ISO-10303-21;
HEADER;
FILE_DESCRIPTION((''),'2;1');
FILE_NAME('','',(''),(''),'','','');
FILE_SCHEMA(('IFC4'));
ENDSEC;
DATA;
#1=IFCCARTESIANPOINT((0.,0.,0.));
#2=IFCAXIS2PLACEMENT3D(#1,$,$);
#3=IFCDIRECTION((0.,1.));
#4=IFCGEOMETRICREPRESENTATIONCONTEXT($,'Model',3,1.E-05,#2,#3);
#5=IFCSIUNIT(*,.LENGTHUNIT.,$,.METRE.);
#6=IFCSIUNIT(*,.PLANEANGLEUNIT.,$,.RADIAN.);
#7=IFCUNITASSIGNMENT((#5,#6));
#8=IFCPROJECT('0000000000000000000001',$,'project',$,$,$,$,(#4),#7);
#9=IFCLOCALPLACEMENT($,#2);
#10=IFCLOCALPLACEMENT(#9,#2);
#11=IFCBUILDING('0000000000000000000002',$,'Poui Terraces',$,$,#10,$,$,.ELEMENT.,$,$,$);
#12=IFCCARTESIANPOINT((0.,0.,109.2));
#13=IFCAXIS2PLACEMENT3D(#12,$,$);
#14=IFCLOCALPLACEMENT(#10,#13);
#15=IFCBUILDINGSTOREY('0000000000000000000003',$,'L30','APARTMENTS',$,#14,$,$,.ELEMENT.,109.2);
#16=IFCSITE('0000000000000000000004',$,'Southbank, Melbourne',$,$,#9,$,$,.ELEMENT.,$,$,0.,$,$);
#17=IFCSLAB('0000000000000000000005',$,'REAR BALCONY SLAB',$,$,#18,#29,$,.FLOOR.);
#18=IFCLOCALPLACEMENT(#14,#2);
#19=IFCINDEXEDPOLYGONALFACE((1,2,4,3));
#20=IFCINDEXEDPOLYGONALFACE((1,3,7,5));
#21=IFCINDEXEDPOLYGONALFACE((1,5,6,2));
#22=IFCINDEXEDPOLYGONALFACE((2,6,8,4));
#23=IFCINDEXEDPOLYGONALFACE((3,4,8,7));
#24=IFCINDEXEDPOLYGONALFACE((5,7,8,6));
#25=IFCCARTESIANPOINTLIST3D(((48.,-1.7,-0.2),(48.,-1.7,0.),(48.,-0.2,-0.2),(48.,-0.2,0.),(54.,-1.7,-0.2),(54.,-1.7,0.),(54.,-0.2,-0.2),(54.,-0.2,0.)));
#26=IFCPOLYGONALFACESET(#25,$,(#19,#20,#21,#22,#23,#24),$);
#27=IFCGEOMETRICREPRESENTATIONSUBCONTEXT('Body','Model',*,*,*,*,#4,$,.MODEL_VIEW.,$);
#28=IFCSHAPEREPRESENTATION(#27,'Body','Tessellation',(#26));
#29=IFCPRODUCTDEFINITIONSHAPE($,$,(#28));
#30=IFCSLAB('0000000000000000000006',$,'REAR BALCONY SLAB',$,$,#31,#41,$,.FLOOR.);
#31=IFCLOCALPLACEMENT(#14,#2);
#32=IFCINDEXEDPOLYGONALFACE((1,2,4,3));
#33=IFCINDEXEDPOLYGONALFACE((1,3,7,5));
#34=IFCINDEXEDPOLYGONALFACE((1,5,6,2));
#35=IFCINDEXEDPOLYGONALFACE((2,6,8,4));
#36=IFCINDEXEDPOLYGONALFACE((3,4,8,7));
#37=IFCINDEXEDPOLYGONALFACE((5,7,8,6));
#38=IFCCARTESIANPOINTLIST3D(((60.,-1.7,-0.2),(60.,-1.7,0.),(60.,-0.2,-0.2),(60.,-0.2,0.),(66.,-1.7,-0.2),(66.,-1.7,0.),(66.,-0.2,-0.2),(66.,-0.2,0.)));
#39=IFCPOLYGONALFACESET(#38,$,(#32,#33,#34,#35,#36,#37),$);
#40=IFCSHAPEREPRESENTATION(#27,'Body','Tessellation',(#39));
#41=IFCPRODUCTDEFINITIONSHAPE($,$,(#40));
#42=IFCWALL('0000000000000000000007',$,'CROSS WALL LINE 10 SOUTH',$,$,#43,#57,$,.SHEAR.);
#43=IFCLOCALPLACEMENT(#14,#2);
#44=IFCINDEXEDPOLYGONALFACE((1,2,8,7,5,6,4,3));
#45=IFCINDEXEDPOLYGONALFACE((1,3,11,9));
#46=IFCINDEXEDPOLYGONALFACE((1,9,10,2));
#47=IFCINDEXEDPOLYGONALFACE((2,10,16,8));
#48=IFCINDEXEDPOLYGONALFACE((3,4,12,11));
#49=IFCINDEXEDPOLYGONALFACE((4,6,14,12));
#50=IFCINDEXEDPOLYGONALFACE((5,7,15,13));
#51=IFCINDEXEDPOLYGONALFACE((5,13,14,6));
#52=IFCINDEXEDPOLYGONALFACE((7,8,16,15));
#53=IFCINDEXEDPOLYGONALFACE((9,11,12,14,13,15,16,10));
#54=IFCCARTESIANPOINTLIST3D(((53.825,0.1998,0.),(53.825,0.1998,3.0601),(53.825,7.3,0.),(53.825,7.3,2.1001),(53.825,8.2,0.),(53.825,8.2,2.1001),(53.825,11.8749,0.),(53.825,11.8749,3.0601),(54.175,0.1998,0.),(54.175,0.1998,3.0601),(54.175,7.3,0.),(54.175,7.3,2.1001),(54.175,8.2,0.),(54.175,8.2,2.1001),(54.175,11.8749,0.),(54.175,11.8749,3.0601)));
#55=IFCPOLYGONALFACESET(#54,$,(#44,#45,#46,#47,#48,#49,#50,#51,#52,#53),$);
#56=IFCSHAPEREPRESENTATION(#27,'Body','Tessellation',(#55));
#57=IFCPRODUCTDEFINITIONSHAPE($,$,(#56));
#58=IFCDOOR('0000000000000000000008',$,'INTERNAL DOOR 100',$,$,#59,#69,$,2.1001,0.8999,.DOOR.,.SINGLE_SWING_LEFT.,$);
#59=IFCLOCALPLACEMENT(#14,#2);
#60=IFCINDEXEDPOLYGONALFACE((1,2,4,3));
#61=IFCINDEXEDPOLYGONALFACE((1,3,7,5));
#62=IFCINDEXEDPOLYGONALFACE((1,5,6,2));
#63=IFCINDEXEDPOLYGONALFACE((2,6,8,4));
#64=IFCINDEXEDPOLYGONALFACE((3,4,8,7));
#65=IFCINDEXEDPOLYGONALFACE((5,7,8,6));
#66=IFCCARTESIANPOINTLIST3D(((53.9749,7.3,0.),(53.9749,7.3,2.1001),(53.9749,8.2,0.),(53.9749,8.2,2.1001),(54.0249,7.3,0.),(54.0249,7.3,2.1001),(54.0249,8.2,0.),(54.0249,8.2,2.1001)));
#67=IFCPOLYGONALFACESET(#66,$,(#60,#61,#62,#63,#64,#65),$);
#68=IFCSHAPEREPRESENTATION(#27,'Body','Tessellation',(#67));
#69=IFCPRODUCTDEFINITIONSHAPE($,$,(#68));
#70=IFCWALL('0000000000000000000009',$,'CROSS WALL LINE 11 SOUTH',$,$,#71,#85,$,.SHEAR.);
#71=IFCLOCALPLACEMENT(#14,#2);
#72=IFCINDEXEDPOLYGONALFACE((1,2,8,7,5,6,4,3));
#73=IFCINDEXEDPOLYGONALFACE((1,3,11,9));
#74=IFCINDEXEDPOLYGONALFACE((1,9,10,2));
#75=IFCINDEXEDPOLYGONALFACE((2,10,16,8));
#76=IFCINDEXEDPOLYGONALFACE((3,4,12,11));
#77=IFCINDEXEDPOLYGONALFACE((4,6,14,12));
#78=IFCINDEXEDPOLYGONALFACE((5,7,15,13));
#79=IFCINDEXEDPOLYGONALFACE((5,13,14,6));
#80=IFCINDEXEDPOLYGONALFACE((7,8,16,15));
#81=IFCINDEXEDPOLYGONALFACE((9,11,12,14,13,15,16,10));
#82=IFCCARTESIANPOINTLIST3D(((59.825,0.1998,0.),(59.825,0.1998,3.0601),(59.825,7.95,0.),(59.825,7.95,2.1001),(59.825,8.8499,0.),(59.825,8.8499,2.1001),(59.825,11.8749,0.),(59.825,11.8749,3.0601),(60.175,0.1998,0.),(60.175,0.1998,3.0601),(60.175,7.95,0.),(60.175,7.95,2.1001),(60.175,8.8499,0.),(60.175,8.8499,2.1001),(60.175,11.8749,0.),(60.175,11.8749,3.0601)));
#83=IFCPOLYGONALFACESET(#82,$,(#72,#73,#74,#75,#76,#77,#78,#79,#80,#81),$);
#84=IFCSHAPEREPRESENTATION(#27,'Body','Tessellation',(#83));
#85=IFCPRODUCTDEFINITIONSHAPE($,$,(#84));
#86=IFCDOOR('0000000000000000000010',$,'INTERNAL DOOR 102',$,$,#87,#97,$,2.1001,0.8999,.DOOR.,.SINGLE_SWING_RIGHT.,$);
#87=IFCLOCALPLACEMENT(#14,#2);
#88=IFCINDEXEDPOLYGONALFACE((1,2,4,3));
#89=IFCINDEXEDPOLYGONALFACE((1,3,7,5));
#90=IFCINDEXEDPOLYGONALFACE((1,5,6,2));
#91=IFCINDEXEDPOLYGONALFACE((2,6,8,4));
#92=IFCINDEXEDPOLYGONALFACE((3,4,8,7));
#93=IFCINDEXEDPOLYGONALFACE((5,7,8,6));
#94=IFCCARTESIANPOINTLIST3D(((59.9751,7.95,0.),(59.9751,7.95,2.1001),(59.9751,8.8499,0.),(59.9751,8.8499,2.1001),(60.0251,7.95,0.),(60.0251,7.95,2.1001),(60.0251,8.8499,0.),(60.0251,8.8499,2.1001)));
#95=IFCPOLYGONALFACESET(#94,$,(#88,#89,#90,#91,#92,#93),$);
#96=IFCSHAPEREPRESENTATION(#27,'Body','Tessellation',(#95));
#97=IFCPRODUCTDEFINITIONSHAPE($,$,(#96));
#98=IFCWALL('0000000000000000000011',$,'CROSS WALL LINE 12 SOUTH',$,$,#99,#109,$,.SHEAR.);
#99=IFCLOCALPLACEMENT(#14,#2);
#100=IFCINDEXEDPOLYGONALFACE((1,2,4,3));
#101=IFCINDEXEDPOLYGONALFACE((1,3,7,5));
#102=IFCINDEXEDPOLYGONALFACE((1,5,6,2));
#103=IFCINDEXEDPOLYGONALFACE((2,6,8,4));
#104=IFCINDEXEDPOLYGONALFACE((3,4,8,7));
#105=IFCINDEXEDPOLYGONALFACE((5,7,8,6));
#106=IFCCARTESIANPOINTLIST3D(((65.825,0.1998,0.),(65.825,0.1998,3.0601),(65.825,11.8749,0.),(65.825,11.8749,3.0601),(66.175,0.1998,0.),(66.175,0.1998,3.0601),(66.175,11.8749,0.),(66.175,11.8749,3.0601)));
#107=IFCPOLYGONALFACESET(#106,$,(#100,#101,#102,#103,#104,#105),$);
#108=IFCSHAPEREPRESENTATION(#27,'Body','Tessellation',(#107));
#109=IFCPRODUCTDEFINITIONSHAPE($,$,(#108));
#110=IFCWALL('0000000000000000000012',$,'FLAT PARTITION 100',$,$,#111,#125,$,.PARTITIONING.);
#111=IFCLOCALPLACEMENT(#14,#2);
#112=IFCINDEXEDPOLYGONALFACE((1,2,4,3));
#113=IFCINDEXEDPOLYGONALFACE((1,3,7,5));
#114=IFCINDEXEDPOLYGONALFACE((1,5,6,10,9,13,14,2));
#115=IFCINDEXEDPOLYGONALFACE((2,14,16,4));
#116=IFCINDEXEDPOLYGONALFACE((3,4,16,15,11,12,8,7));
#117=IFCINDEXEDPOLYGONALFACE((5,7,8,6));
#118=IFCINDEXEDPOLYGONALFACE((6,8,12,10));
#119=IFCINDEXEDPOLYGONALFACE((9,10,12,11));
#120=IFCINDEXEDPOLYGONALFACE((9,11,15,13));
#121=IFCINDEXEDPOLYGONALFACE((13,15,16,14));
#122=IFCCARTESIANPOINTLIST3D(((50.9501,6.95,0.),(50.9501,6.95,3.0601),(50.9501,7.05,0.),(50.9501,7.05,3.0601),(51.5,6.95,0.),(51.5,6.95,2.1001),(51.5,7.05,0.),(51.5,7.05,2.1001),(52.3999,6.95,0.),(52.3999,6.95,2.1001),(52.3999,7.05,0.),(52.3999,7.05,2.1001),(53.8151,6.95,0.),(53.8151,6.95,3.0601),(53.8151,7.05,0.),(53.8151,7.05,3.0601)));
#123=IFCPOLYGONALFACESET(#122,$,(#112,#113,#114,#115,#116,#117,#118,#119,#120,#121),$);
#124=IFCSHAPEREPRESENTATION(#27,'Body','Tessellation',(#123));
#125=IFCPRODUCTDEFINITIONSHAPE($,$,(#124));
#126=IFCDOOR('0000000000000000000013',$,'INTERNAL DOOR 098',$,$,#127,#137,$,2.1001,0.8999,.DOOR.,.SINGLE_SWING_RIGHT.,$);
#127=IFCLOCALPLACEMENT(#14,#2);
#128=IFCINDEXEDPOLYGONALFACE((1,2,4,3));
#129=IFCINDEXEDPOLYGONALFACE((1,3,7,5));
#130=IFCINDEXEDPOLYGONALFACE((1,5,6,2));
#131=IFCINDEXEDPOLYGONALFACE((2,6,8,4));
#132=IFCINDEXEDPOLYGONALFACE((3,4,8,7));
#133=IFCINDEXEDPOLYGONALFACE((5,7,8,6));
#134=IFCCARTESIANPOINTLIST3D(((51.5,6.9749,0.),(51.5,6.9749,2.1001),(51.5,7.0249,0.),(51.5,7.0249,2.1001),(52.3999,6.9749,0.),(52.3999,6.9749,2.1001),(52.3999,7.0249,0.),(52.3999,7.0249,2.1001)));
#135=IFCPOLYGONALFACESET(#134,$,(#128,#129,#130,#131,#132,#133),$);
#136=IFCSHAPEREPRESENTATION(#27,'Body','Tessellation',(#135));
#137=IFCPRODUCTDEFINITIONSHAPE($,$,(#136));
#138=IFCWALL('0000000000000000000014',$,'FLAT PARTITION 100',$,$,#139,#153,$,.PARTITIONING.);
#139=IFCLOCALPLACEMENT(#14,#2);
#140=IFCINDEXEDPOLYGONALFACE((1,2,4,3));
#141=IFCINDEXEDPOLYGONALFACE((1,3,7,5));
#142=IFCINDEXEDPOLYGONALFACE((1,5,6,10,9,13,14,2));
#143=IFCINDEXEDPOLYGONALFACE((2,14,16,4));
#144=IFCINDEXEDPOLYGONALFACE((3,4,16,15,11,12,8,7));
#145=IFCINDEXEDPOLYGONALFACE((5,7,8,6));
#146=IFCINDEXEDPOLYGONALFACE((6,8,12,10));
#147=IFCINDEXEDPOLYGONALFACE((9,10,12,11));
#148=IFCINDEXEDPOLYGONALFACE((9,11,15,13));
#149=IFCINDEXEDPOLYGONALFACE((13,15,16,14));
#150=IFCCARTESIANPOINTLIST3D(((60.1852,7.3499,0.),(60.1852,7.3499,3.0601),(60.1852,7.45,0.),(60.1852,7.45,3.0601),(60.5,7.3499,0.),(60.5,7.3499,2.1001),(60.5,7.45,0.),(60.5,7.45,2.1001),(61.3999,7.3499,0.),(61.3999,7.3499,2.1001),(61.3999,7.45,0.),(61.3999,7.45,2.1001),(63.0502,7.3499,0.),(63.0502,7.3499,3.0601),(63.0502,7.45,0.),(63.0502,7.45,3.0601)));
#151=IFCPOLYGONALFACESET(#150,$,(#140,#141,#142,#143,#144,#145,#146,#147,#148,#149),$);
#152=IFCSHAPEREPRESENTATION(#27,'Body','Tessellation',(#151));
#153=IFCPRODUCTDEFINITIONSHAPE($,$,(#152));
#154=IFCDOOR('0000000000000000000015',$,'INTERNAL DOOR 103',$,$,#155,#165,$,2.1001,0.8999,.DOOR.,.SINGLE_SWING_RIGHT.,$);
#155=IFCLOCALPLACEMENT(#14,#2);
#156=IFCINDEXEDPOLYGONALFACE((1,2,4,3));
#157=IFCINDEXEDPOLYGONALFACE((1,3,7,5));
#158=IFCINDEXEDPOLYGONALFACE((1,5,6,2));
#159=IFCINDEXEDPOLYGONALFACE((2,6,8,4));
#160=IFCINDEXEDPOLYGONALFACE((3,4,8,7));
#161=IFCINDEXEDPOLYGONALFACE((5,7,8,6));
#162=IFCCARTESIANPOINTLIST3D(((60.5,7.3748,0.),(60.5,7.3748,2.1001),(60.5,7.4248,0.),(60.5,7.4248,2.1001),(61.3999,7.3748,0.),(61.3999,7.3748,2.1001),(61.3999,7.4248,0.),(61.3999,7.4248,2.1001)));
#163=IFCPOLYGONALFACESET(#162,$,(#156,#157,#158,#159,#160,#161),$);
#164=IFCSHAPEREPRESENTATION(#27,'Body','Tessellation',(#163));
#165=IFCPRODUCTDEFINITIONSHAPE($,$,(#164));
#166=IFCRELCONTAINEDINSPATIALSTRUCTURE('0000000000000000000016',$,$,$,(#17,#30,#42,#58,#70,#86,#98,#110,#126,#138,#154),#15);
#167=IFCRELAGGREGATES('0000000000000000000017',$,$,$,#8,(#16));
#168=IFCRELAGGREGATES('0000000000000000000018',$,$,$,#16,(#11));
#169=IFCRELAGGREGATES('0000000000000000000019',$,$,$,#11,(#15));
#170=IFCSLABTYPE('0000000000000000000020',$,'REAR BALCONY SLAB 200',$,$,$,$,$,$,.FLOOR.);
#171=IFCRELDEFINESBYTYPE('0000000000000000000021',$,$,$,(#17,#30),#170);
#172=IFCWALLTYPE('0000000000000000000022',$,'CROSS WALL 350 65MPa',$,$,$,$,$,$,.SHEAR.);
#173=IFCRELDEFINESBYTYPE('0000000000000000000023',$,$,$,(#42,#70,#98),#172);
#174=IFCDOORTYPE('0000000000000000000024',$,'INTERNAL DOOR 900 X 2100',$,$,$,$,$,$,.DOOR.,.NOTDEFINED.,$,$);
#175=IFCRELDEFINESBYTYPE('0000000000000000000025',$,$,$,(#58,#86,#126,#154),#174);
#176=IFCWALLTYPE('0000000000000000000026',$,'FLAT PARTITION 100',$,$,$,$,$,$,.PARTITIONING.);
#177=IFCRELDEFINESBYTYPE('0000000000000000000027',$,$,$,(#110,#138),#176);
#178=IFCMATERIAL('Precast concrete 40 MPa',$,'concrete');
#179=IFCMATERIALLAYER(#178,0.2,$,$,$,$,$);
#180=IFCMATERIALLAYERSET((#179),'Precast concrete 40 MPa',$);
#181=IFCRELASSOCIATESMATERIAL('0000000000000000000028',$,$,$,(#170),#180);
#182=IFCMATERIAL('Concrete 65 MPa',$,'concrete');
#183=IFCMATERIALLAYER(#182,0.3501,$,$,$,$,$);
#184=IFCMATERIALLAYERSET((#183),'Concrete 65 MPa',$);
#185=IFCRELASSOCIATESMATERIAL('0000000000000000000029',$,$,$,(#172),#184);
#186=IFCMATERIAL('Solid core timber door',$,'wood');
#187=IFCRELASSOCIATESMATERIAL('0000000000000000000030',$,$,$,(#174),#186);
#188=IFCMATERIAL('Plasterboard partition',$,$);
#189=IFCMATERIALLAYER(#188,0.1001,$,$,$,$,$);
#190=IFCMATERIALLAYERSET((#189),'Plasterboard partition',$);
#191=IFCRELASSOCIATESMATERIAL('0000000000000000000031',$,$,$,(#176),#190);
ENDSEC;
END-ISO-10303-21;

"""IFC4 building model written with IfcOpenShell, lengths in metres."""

from ifc_helpers import new_model, si_unit, direction, frame, frame_2d, origin, place, context, subcontext, project, spatial, polyline, rectangle, outline, extrude, source, transform, mapped, material, layer, layer_set, type_object, element, fill, save


model = new_model("IFC4")

# Units and contexts
model_context = context("Model", 3, precision=1e-05, world=origin(), true_north=direction((0.0, 1.0)))
body_context = subcontext(model_context, "Body", "Model", "MODEL_VIEW")
ifc_project = project(units=[si_unit("LENGTHUNIT", "METRE"), si_unit("PLANEANGLEUNIT", "RADIAN")], contexts=[model_context])

# Site, building, storey
site_placement = place(None, origin())
site = spatial("IfcSite", under=ifc_project, at=site_placement, Name="Southbank, Melbourne", CompositionType="ELEMENT", RefElevation=0.0)
building_placement = place(site_placement, origin())
building = spatial("IfcBuilding", under=site, at=building_placement, Name="Poui Terraces", CompositionType="ELEMENT")
storey_placement = place(building_placement, frame((0.0, 0.0, 109.2)))
storey = spatial("IfcBuildingStorey", under=building, at=storey_placement, Name="L30", Description="APARTMENTS", CompositionType="ELEMENT", Elevation=109.2)

# Slabs
ifc_material_1 = material(Name="Precast concrete 40 MPa", Category="concrete")
ifc_layer_1 = layer(ifc_material_1, 0.2)
ifc_layer_set_1 = layer_set([ifc_layer_1], Name="Precast concrete 40 MPa")
slab_type = type_object("IfcSlabType", Name="REAR BALCONY SLAB 200", PredefinedType="FLOOR", material=ifc_layer_set_1)
shared_shape_1 = source(origin(), body_context, "Body", "SweptSolid", [
    extrude(outline(polyline([(0.0, 0.0), (6.0, 0.0), (6.0, 1.5), (0.0, 1.5), (0.0, 0.0)])), origin(), (0.0, 0.0, 1.0), 0.2),
])
for number, where, name in (
    (1, (48.0, -1.7, -0.2), "REAR BALCONY SLAB"),
    (2, (60.0, -1.7, -0.2), "REAR BALCONY SLAB"),
):
    element("IfcSlab", number, at=place(storey_placement, frame(where)), inside=storey, type_object=slab_type, Name=name, PredefinedType="FLOOR", context=body_context, shape_type="MappedRepresentation", body=[
        mapped(shared_shape_1, transform((0.0, 0.0, 0.0))),
    ])

# Walls, openings, doors
ifc_material_2 = material(Name="Concrete 65 MPa", Category="concrete")
ifc_layer_2 = layer(ifc_material_2, 0.3501)
ifc_layer_set_2 = layer_set([ifc_layer_2], Name="Concrete 65 MPa")
wall_type_1 = type_object("IfcWallType", Name="CROSS WALL 350 65MPa", PredefinedType="SHEAR", material=ifc_layer_set_2)
wall_1_placement = place(storey_placement, frame((54.0, 0.2, 0.0), z_axis=(0.0, 0.0, 1.0), x_axis=(0.0, 1.0, 0.0)))
wall_1 = element("IfcWall", 3, at=wall_1_placement, inside=storey, type_object=wall_type_1, Name="CROSS WALL LINE 10 SOUTH", PredefinedType="SHEAR", context=body_context, shape_type="SweptSolid", body=[
    extrude(rectangle(XDim=11.675, YDim=0.3501, at=frame_2d((5.8374, 0.0))), origin(), (0.0, 0.0, 1.0), 3.0601),
])
opening_1_placement = place(wall_1_placement, frame((7.1001, 0.0, 0.0)))
opening_1 = element("IfcOpeningElement", 4, at=opening_1_placement, cuts=wall_1, PredefinedType="OPENING", context=body_context, shape_type="SweptSolid", body=[
    extrude(rectangle(XDim=0.8999, YDim=2.1001, at=frame_2d((0.45, 1.05))), frame((0.0, 0.1851, 0.0), z_axis=(0.0, -1.0, 0.0), x_axis=(1.0, 0.0, 0.0)), (0.0, 0.0, 1.0), 0.3701),
])
ifc_material_3 = material(Name="Solid core timber door", Category="wood")
door_type_1 = type_object("IfcDoorType", Name="INTERNAL DOOR 900 X 2100", OperationType="NOTDEFINED", PredefinedType="DOOR", material=ifc_material_3)
door_1_placement = place(opening_1_placement, frame((0.8999, 0.0, 0.0), z_axis=(0.0, 0.0, 1.0), x_axis=(-1.0, 0.0, 0.0)))
door_1 = element("IfcDoor", 5, at=door_1_placement, inside=storey, type_object=door_type_1, Name="INTERNAL DOOR 100", OperationType="SINGLE_SWING_LEFT", OverallHeight=2.1001, OverallWidth=0.8999, PredefinedType="DOOR", context=body_context, shape_type="SweptSolid", body=[
    extrude(rectangle(XDim=0.8999, YDim=2.1001, at=frame_2d((0.45, 1.05))), frame((0.0, 0.0249, 0.0), z_axis=(0.0, -1.0, 0.0), x_axis=(1.0, 0.0, 0.0)), (0.0, 0.0, 1.0), 0.05),
])
fill(opening_1, door_1)
wall_2_placement = place(storey_placement, frame((60.0, 0.2, 0.0), z_axis=(0.0, 0.0, 1.0), x_axis=(0.0, 1.0, 0.0)))
wall_2 = element("IfcWall", 6, at=wall_2_placement, inside=storey, type_object=wall_type_1, Name="CROSS WALL LINE 11 SOUTH", PredefinedType="SHEAR", context=body_context, shape_type="SweptSolid", body=[
    extrude(rectangle(XDim=11.675, YDim=0.3501, at=frame_2d((5.8374, 0.0))), origin(), (0.0, 0.0, 1.0), 3.0601),
])
opening_2_placement = place(wall_2_placement, frame((7.75, 0.0, 0.0)))
opening_2 = element("IfcOpeningElement", 7, at=opening_2_placement, cuts=wall_2, PredefinedType="OPENING", context=body_context, shape_type="SweptSolid", body=[
    extrude(rectangle(XDim=0.8999, YDim=2.1001, at=frame_2d((0.45, 1.05))), frame((0.0, 0.1851, 0.0), z_axis=(0.0, -1.0, 0.0), x_axis=(1.0, 0.0, 0.0)), (0.0, 0.0, 1.0), 0.3701),
])
door_2_placement = place(opening_2_placement, origin())
door_2 = element("IfcDoor", 8, at=door_2_placement, inside=storey, type_object=door_type_1, Name="INTERNAL DOOR 102", OperationType="SINGLE_SWING_RIGHT", OverallHeight=2.1001, OverallWidth=0.8999, PredefinedType="DOOR", context=body_context, shape_type="SweptSolid", body=[
    extrude(rectangle(XDim=0.8999, YDim=2.1001, at=frame_2d((0.45, 1.05))), frame((0.0, 0.0249, 0.0), z_axis=(0.0, -1.0, 0.0), x_axis=(1.0, 0.0, 0.0)), (0.0, 0.0, 1.0), 0.05),
])
fill(opening_2, door_2)

# Wall
wall_3_placement = place(storey_placement, frame((66.0, 0.2, 0.0), z_axis=(0.0, 0.0, 1.0), x_axis=(0.0, 1.0, 0.0)))
element("IfcWall", 9, at=wall_3_placement, inside=storey, type_object=wall_type_1, Name="CROSS WALL LINE 12 SOUTH", PredefinedType="SHEAR", context=body_context, shape_type="SweptSolid", body=[
    extrude(rectangle(XDim=11.675, YDim=0.3501, at=frame_2d((5.8374, 0.0))), origin(), (0.0, 0.0, 1.0), 3.0601),
])

# Walls, openings, doors
ifc_material_4 = material(Name="Plasterboard partition")
ifc_layer_3 = layer(ifc_material_4, 0.1001)
ifc_layer_set_3 = layer_set([ifc_layer_3], Name="Plasterboard partition")
wall_type_2 = type_object("IfcWallType", Name="FLAT PARTITION 100", PredefinedType="PARTITIONING", material=ifc_layer_set_3)
wall_4_placement = place(storey_placement, frame((50.95, 7.0, 0.0), z_axis=(0.0, 0.0, 1.0), x_axis=(1.0, 0.0, 0.0)))
wall_4 = element("IfcWall", 10, at=wall_4_placement, inside=storey, type_object=wall_type_2, Name="FLAT PARTITION 100", PredefinedType="PARTITIONING", context=body_context, shape_type="SweptSolid", body=[
    extrude(rectangle(XDim=2.865, YDim=0.1001, at=frame_2d((1.4326, 0.0))), origin(), (0.0, 0.0, 1.0), 3.0601),
])
opening_3_placement = place(wall_4_placement, frame((0.55, 0.0, 0.0)))
opening_3 = element("IfcOpeningElement", 11, at=opening_3_placement, cuts=wall_4, PredefinedType="OPENING", context=body_context, shape_type="SweptSolid", body=[
    extrude(rectangle(XDim=0.8999, YDim=2.1001, at=frame_2d((0.45, 1.05))), frame((0.0, 0.0601, 0.0), z_axis=(0.0, -1.0, 0.0), x_axis=(1.0, 0.0, 0.0)), (0.0, 0.0, 1.0), 0.1201),
])
door_3_placement = place(opening_3_placement, origin())
door_3 = element("IfcDoor", 12, at=door_3_placement, inside=storey, type_object=door_type_1, Name="INTERNAL DOOR 098", OperationType="SINGLE_SWING_RIGHT", OverallHeight=2.1001, OverallWidth=0.8999, PredefinedType="DOOR", context=body_context, shape_type="SweptSolid", body=[
    extrude(rectangle(XDim=0.8999, YDim=2.1001, at=frame_2d((0.45, 1.05))), frame((0.0, 0.0249, 0.0), z_axis=(0.0, -1.0, 0.0), x_axis=(1.0, 0.0, 0.0)), (0.0, 0.0, 1.0), 0.05),
])
fill(opening_3, door_3)
wall_5_placement = place(storey_placement, frame((60.1851, 7.3999, 0.0), z_axis=(0.0, 0.0, 1.0), x_axis=(1.0, 0.0, 0.0)))
wall_5 = element("IfcWall", 13, at=wall_5_placement, inside=storey, type_object=wall_type_2, Name="FLAT PARTITION 100", PredefinedType="PARTITIONING", context=body_context, shape_type="SweptSolid", body=[
    extrude(rectangle(XDim=2.865, YDim=0.1001, at=frame_2d((1.4326, 0.0))), origin(), (0.0, 0.0, 1.0), 3.0601),
])
opening_4_placement = place(wall_5_placement, frame((0.3149, 0.0, 0.0)))
opening_4 = element("IfcOpeningElement", 14, at=opening_4_placement, cuts=wall_5, PredefinedType="OPENING", context=body_context, shape_type="SweptSolid", body=[
    extrude(rectangle(XDim=0.8999, YDim=2.1001, at=frame_2d((0.45, 1.05))), frame((0.0, 0.0601, 0.0), z_axis=(0.0, -1.0, 0.0), x_axis=(1.0, 0.0, 0.0)), (0.0, 0.0, 1.0), 0.1201),
])
door_4_placement = place(opening_4_placement, origin())
door_4 = element("IfcDoor", 15, at=door_4_placement, inside=storey, type_object=door_type_1, Name="INTERNAL DOOR 103", OperationType="SINGLE_SWING_RIGHT", OverallHeight=2.1001, OverallWidth=0.8999, PredefinedType="DOOR", context=body_context, shape_type="SweptSolid", body=[
    extrude(rectangle(XDim=0.8999, YDim=2.1001, at=frame_2d((0.45, 1.05))), frame((0.0, 0.0249, 0.0), z_axis=(0.0, -1.0, 0.0), x_axis=(1.0, 0.0, 0.0)), (0.0, 0.0, 1.0), 0.05),
])
fill(opening_4, door_4)

save(model, "model.ifc")
